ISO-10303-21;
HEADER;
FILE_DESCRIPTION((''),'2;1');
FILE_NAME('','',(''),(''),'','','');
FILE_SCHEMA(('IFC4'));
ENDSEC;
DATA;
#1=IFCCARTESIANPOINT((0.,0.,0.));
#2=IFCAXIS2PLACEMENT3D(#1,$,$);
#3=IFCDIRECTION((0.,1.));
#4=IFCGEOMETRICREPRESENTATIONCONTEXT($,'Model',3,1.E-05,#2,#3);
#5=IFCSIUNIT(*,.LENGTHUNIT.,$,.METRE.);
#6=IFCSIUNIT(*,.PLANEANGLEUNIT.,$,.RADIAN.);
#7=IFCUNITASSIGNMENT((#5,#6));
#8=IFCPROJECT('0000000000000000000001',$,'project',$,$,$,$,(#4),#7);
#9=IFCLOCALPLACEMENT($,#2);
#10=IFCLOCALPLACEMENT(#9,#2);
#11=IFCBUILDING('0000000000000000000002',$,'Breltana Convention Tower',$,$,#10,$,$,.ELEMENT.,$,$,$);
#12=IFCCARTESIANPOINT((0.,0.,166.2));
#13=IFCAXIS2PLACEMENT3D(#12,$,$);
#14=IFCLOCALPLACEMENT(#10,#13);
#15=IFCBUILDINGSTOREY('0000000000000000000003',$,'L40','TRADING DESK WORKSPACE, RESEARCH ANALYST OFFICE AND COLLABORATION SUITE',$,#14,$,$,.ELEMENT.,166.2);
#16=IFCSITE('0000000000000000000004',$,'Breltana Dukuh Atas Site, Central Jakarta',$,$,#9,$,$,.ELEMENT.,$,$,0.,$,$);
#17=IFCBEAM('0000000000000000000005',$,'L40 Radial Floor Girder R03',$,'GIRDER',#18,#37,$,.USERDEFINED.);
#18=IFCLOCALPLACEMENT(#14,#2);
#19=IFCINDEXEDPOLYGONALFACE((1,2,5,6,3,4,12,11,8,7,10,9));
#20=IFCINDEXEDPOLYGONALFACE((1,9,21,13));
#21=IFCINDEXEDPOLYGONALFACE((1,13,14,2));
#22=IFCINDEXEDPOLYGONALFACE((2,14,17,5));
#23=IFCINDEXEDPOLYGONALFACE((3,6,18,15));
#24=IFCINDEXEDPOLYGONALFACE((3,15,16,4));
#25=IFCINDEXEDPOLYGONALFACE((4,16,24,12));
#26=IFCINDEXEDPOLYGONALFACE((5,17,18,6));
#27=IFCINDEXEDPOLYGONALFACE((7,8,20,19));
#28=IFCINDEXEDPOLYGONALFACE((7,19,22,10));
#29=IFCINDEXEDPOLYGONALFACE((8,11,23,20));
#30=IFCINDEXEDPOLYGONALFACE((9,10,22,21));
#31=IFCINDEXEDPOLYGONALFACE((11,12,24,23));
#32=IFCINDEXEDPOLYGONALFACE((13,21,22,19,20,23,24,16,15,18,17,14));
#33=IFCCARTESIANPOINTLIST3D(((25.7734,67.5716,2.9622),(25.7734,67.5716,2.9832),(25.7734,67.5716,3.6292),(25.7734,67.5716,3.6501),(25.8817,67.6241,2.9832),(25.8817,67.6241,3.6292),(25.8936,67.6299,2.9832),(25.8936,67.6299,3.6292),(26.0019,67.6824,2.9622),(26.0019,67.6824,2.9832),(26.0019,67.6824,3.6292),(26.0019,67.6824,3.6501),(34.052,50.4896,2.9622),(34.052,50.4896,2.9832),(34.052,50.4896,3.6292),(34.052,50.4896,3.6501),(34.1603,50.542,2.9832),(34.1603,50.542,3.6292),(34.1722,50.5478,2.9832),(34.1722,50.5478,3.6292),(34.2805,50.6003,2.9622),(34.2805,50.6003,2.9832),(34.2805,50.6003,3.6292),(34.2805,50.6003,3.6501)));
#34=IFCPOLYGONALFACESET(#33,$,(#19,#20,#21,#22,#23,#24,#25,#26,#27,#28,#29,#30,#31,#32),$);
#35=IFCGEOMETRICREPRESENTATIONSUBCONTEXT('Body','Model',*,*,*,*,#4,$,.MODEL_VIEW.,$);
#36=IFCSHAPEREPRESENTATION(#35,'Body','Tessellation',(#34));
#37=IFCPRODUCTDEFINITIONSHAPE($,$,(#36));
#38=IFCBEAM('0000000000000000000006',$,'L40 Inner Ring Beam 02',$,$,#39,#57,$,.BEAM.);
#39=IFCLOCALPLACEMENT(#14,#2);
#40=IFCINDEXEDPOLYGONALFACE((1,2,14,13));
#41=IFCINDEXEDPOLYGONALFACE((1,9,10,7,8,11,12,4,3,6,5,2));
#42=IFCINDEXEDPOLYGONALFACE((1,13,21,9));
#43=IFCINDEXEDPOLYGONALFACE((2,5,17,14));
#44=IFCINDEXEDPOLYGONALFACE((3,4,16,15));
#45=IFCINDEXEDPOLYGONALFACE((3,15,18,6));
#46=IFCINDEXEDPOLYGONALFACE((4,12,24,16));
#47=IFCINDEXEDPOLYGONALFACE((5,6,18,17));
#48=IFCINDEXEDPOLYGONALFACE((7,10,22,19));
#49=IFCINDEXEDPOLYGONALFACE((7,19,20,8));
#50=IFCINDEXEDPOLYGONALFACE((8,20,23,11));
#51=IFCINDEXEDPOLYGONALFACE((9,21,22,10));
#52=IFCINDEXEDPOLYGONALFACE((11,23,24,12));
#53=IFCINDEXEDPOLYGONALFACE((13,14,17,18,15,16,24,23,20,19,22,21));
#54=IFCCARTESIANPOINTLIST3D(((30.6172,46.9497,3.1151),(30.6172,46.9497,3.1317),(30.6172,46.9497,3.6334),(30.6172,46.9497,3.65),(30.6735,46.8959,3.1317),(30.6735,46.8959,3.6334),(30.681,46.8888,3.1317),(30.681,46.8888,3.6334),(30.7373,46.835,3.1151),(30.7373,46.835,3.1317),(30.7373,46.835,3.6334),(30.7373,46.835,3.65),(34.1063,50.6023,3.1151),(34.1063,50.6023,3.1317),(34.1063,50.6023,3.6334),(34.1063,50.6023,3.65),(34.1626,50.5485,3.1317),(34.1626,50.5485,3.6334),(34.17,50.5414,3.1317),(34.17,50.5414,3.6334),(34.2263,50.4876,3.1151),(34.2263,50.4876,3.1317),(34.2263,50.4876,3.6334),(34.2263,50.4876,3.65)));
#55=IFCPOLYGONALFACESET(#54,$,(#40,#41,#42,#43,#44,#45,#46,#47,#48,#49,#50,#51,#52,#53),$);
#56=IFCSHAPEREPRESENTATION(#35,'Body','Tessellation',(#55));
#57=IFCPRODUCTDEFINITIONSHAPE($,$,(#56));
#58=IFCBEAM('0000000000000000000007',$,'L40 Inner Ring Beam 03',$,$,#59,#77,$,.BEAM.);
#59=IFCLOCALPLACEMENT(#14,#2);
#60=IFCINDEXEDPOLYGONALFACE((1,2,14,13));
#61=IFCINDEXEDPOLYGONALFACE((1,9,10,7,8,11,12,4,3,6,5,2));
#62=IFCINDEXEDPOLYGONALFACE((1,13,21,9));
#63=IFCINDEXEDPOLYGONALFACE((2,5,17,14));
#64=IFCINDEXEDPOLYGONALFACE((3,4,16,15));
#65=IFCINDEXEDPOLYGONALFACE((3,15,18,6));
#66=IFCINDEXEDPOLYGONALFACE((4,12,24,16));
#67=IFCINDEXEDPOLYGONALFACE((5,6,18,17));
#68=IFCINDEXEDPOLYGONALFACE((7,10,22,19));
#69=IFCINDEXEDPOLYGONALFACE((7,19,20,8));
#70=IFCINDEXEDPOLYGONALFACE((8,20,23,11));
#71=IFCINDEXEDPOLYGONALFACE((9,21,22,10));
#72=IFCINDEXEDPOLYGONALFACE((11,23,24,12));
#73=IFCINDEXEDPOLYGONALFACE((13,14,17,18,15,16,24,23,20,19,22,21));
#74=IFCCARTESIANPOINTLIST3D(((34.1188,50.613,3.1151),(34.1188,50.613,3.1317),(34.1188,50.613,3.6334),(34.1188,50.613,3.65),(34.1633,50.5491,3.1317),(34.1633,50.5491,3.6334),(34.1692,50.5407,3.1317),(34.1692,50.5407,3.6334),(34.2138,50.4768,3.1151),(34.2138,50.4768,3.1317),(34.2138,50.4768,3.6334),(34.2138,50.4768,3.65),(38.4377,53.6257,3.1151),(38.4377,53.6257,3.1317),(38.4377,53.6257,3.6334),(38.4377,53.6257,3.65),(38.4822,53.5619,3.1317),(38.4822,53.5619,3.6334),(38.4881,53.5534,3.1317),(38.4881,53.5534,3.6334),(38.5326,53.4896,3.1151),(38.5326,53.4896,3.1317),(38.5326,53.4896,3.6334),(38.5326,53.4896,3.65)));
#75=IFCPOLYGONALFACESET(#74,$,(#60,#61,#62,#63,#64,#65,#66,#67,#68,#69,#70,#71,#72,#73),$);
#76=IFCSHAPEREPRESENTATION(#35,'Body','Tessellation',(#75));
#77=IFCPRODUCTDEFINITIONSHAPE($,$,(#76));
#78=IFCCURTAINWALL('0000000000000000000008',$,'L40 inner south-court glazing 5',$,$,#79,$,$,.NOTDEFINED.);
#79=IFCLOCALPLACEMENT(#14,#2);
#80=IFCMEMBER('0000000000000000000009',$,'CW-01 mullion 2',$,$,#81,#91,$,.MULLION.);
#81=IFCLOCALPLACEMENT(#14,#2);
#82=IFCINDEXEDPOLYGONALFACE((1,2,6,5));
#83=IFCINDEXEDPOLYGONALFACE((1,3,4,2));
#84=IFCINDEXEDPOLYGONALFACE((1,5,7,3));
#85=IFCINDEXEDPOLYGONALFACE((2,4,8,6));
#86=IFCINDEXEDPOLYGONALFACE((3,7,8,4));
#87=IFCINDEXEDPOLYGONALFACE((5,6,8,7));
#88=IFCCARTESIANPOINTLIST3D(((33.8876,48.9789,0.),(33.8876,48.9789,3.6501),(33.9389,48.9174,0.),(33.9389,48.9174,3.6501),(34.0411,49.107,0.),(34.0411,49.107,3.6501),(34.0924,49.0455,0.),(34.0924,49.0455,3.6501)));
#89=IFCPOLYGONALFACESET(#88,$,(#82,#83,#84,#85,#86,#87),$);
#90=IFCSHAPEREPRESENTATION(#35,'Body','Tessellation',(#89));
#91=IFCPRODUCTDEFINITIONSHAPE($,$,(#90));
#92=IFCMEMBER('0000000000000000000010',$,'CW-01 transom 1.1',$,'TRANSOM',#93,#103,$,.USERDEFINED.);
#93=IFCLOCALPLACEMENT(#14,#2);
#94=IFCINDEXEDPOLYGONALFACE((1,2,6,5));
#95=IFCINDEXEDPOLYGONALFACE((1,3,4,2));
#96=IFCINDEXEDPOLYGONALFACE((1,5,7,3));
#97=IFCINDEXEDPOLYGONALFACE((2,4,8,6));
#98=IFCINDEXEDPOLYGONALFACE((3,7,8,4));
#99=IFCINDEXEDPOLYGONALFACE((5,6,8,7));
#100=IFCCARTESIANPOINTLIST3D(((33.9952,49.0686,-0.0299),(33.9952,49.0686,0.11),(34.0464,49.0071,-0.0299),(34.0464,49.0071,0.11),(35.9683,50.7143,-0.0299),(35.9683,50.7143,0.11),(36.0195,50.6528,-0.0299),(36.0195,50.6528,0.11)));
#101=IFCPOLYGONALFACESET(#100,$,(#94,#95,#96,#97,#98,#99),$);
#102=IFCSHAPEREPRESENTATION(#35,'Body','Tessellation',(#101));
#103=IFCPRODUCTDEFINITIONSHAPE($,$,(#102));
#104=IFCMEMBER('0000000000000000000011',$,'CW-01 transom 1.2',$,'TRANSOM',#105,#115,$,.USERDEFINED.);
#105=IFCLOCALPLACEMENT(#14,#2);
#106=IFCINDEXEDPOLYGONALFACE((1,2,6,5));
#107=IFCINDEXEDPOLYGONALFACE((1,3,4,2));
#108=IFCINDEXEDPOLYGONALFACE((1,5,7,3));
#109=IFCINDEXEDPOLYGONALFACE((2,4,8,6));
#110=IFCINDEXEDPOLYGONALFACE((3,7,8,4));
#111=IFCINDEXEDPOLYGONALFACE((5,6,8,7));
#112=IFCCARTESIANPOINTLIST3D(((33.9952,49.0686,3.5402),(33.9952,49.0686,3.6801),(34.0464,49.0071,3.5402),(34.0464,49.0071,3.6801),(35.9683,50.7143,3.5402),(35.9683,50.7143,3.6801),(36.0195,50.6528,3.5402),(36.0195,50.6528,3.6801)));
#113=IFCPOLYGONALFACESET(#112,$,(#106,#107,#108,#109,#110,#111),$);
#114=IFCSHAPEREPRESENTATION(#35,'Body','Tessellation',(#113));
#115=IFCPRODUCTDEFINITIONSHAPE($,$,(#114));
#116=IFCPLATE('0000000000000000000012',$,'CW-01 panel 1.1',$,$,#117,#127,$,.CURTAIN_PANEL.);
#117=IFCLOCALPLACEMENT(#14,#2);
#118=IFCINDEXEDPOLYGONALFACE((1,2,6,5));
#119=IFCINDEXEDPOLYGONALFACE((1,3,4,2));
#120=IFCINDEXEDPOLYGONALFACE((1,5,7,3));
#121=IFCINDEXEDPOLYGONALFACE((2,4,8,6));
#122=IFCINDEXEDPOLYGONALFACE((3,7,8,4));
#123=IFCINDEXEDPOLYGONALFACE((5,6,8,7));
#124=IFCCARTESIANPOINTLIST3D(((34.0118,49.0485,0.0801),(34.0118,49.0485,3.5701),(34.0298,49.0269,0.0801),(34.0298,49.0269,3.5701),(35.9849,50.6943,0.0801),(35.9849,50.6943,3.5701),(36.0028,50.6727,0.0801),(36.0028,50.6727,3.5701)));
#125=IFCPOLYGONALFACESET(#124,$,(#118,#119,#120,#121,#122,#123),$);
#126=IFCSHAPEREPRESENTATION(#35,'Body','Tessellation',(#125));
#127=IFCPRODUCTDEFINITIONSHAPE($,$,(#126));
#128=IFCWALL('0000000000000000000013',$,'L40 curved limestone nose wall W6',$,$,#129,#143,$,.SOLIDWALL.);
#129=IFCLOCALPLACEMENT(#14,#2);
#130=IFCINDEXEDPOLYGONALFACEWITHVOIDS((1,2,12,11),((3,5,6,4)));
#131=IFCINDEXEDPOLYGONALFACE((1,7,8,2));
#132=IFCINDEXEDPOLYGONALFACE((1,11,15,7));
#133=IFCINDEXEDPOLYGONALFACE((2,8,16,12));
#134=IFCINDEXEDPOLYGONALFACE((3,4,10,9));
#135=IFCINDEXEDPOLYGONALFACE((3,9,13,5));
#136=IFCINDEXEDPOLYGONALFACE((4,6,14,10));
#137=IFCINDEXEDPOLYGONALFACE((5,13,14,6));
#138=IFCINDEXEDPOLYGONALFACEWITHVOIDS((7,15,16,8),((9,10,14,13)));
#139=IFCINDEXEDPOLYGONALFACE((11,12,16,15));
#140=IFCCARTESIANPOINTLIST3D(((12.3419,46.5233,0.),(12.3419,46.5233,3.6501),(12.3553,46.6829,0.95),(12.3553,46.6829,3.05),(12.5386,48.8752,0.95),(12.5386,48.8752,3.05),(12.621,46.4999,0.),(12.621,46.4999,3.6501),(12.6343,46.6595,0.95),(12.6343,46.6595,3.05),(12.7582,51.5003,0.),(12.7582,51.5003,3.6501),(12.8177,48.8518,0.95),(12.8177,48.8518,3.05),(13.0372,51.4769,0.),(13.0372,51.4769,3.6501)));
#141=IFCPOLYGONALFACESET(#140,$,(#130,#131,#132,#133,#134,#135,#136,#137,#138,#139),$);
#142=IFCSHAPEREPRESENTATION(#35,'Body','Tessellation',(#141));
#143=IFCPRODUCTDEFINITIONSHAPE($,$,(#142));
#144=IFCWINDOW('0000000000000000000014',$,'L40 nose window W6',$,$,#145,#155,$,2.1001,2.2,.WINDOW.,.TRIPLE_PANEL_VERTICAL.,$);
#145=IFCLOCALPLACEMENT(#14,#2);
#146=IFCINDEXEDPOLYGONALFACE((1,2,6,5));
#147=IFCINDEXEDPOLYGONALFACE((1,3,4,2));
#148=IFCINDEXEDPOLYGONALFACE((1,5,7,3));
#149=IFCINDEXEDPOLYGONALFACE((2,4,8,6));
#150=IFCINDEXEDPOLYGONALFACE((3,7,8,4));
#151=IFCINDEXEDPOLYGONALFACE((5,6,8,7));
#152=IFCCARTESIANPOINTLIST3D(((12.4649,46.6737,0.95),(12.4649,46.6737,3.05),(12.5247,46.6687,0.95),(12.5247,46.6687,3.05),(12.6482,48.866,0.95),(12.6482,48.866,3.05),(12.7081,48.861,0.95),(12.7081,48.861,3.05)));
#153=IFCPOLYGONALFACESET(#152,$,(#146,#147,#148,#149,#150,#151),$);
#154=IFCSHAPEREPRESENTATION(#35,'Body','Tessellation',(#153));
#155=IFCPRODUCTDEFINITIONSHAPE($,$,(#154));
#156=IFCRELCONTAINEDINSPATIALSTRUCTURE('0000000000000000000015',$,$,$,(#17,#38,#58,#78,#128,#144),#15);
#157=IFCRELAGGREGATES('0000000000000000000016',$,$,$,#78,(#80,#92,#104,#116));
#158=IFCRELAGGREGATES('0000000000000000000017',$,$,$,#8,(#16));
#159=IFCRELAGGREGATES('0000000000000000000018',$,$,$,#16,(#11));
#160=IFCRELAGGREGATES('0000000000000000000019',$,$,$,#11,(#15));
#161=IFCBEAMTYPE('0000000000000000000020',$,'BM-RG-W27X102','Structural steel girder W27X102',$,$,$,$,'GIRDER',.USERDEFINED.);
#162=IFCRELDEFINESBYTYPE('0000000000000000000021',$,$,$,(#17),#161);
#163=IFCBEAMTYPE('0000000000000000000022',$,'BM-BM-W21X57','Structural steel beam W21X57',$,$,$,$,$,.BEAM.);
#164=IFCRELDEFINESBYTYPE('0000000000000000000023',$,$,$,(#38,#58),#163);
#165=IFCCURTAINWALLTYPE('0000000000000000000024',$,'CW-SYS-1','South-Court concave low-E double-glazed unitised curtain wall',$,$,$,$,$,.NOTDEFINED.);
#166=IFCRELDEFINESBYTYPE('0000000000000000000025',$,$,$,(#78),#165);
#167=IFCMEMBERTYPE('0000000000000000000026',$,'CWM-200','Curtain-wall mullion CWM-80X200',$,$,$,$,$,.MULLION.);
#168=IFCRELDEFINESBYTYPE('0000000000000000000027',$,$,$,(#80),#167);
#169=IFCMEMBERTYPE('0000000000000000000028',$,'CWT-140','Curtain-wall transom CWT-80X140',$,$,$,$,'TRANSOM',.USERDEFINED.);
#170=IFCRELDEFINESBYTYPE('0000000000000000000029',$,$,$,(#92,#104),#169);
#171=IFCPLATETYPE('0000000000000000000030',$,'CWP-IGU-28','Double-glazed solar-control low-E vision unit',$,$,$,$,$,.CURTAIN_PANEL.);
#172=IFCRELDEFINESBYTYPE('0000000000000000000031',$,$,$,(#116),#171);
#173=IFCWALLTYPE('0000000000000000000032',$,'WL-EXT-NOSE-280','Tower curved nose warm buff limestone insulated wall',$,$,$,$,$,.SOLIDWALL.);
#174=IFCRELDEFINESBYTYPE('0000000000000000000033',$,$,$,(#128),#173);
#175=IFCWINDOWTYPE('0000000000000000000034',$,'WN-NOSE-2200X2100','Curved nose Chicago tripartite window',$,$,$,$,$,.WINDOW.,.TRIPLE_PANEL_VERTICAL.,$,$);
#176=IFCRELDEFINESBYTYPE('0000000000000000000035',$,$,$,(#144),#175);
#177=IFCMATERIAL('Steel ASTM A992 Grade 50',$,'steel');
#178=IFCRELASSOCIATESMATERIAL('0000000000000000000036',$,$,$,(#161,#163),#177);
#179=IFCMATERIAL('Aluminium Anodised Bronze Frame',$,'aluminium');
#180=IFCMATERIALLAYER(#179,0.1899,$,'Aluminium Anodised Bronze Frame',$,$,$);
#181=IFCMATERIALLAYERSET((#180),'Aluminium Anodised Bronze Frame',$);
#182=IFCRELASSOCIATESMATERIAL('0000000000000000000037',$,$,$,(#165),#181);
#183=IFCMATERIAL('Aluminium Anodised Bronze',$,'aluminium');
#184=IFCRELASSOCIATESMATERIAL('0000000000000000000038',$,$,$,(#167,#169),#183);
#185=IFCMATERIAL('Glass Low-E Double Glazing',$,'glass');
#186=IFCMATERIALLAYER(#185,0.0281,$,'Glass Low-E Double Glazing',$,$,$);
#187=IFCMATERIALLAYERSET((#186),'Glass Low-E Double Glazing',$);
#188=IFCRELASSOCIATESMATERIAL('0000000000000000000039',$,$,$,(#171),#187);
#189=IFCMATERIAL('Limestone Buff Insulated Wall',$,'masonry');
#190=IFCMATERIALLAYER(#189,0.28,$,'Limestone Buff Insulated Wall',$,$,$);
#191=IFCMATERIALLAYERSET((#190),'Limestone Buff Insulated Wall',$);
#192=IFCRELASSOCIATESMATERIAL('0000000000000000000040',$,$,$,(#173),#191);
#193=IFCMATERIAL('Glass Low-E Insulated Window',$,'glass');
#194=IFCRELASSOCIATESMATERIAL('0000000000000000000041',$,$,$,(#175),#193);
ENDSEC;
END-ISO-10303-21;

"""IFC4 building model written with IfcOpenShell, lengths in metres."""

from ifc_helpers import new_model, si_unit, direction, frame, frame_2d, origin, origin_2d, place, context, subcontext, project, spatial, rectangle, i_section, extrude, source, transform, mapped, material, layer, layer_set, material_profile, profile_set, type_object, type_shapes, element, fill, aggregate, save


model = new_model("IFC4")

# Units and contexts
model_context = context("Model", 3, precision=1e-05, world=origin(), true_north=direction((0.0, 1.0)))
body_context = subcontext(model_context, "Body", "Model", "MODEL_VIEW")
ifc_project = project(units=[si_unit("LENGTHUNIT", "METRE"), si_unit("PLANEANGLEUNIT", "RADIAN")], contexts=[model_context])

# Site, building, storey
site_placement = place(None, origin())
site = spatial("IfcSite", under=ifc_project, at=site_placement, Name="Breltana Dukuh Atas Site, Central Jakarta", CompositionType="ELEMENT", RefElevation=0.0)
building_placement = place(site_placement, origin())
building = spatial("IfcBuilding", under=site, at=building_placement, Name="Breltana Convention Tower", CompositionType="ELEMENT")
storey_placement = place(building_placement, frame((0.0, 0.0, 166.2)))
storey = spatial("IfcBuildingStorey", under=building, at=storey_placement, Name="L40", Description="TRADING DESK WORKSPACE, RESEARCH ANALYST OFFICE AND COLLABORATION SUITE", CompositionType="ELEMENT", Elevation=166.2)

# Beams
ifc_material_1 = material(Name="Steel ASTM A992 Grade 50", Category="steel")
ifc_material_profile_1 = material_profile(ifc_material_1, i_section(OverallWidth=0.2539, OverallDepth=0.688, WebThickness=0.0132, FlangeThickness=0.021, at=origin_2d()), Name="W27X102")
ifc_profile_set_1 = profile_set([ifc_material_profile_1], Name="Steel ASTM A992 Grade 50")
beam_type_1 = type_object("IfcBeamType", Name="BM-RG-W27X102", Description="Structural steel girder W27X102", ElementType="GIRDER", PredefinedType="USERDEFINED", material=ifc_profile_set_1)
shared_shape_1 = source(origin(), body_context, "Body", "SweptSolid", [
    extrude(i_section(OverallWidth=0.2539, OverallDepth=0.688, WebThickness=0.0132, FlangeThickness=0.021, at=origin_2d()), origin(), (0.0, 0.0, 1.0), 18.9824),
])
beam_1_placement = place(storey_placement, frame((34.1663, 50.5449, 3.3062), z_axis=(-0.436119, 0.899889, 0.0), x_axis=(-0.899889, -0.436119, 0.0)))
element("IfcBeam", 1, at=beam_1_placement, inside=storey, type_object=beam_type_1, Name="L40 Radial Floor Girder R03", ObjectType="GIRDER", PredefinedType="USERDEFINED", context=body_context, shape_type="MappedRepresentation", body=[
    mapped(shared_shape_1, transform((0.0, 0.0, 0.0), scale=1.0)),
])
ifc_material_profile_2 = material_profile(ifc_material_1, i_section(OverallWidth=0.166, OverallDepth=0.5349, WebThickness=0.0103, FlangeThickness=0.0166, at=origin_2d()), Name="W21X57")
ifc_profile_set_2 = profile_set([ifc_material_profile_2], Name="Steel ASTM A992 Grade 50")
beam_type_2 = type_object("IfcBeamType", Name="BM-BM-W21X57", Description="Structural steel beam W21X57", PredefinedType="BEAM", material=ifc_profile_set_2)
shared_shape_2 = source(origin(), body_context, "Body", "SweptSolid", [
    extrude(i_section(OverallWidth=0.166, OverallDepth=0.5349, WebThickness=0.0103, FlangeThickness=0.0166, at=origin_2d()), origin(), (0.0, 0.0, 1.0), 5.0513),
])
beam_2_placement = place(storey_placement, frame((30.6772, 46.8923, 3.3826), z_axis=(0.69073, 0.723113, 0.0), x_axis=(-0.723113, 0.69073, 0.0)))
element("IfcBeam", 2, at=beam_2_placement, inside=storey, type_object=beam_type_2, Name="L40 Inner Ring Beam 02", PredefinedType="BEAM", context=body_context, shape_type="MappedRepresentation", body=[
    mapped(shared_shape_2, transform((0.0, 0.0, 0.0), scale=1.0)),
])
shared_shape_3 = source(origin(), body_context, "Body", "SweptSolid", [
    extrude(i_section(OverallWidth=0.166, OverallDepth=0.5349, WebThickness=0.0103, FlangeThickness=0.0166, at=origin_2d()), origin(), (0.0, 0.0, 1.0), 5.2659),
])
beam_3_placement = place(storey_placement, frame((34.1663, 50.5449, 3.3826), z_axis=(0.820167, 0.572124, 0.0), x_axis=(-0.572124, 0.820167, 0.0)))
element("IfcBeam", 3, at=beam_3_placement, inside=storey, type_object=beam_type_2, Name="L40 Inner Ring Beam 03", PredefinedType="BEAM", context=body_context, shape_type="MappedRepresentation", body=[
    mapped(shared_shape_3, transform((0.0, 0.0, 0.0), scale=1.0)),
])

# Curtain wall, members, plate
ifc_material_2 = material(Name="Aluminium Anodised Bronze Frame", Category="aluminium")
ifc_layer_1 = layer(ifc_material_2, 0.1899, Name="Aluminium Anodised Bronze Frame")
ifc_layer_set_1 = layer_set([ifc_layer_1], Name="Aluminium Anodised Bronze Frame")
curtain_wall_type = type_object("IfcCurtainWallType", Name="CW-SYS-1", Description="South-Court concave low-E double-glazed unitised curtain wall", PredefinedType="NOTDEFINED", material=ifc_layer_set_1)
curtain_wall_placement = place(storey_placement, origin())
curtain_wall = element("IfcCurtainWall", 4, at=curtain_wall_placement, inside=storey, type_object=curtain_wall_type, Name="L40 inner south-court glazing 5", PredefinedType="NOTDEFINED")
ifc_material_3 = material(Name="Aluminium Anodised Bronze", Category="aluminium")
ifc_material_profile_3 = material_profile(ifc_material_3, rectangle(XDim=0.0801, YDim=0.2, at=origin_2d()), Name="CWM-80X200")
ifc_profile_set_3 = profile_set([ifc_material_profile_3], Name="Aluminium Anodised Bronze")
member_type_1 = type_object("IfcMemberType", Name="CWM-200", Description="Curtain-wall mullion CWM-80X200", PredefinedType="MULLION", material=ifc_profile_set_3)
shared_shape_4 = source(origin(), body_context, "Body", "SweptSolid", [
    extrude(rectangle(XDim=0.0801, YDim=0.2, at=origin_2d()), origin(), (0.0, 0.0, 1.0), 3.6501),
])
member_1_placement = place(storey_placement, frame((33.99, 49.0122, 0.0), z_axis=(0.0, 0.0, 1.0), x_axis=(0.640537, -0.767927, 0.0)))
member_1 = element("IfcMember", 5, at=member_1_placement, type_object=member_type_1, Name="CW-01 mullion 2", PredefinedType="MULLION", context=body_context, shape_type="MappedRepresentation", body=[
    mapped(shared_shape_4, transform((0.0, 0.0, 0.0), scale=1.0)),
])
ifc_material_profile_4 = material_profile(ifc_material_3, rectangle(XDim=0.0801, YDim=0.1399, at=origin_2d()), Name="CWT-80X140")
ifc_profile_set_4 = profile_set([ifc_material_profile_4], Name="Aluminium Anodised Bronze")
member_type_2 = type_object("IfcMemberType", Name="CWT-140", Description="Curtain-wall transom CWT-80X140", ElementType="TRANSOM", PredefinedType="USERDEFINED", material=ifc_profile_set_4)
shared_shape_5 = source(origin(), body_context, "Body", "SweptSolid", [
    extrude(rectangle(XDim=0.0801, YDim=0.1399, at=origin_2d()), origin(), (0.0, 0.0, 1.0), 2.5693),
])
member_2_placement = place(storey_placement, frame((35.9939, 50.6836, 0.04), z_axis=(-0.767941, -0.640521, 0.0), x_axis=(0.640521, -0.767941, 0.0)))
member_2 = element("IfcMember", 6, at=member_2_placement, type_object=member_type_2, Name="CW-01 transom 1.1", ObjectType="TRANSOM", PredefinedType="USERDEFINED", context=body_context, shape_type="MappedRepresentation", body=[
    mapped(shared_shape_5, transform((0.0, 0.0, 0.0), scale=1.0)),
])
member_3_placement = place(storey_placement, frame((35.9939, 50.6836, 3.6101), z_axis=(-0.767941, -0.640521, 0.0), x_axis=(0.640521, -0.767941, 0.0)))
member_3 = element("IfcMember", 7, at=member_3_placement, type_object=member_type_2, Name="CW-01 transom 1.2", ObjectType="TRANSOM", PredefinedType="USERDEFINED", context=body_context, shape_type="MappedRepresentation", body=[
    mapped(shared_shape_5, transform((0.0, 0.0, 0.0), scale=1.0)),
])
ifc_material_4 = material(Name="Glass Low-E Double Glazing", Category="glass")
ifc_layer_2 = layer(ifc_material_4, 0.0281, Name="Glass Low-E Double Glazing")
ifc_layer_set_2 = layer_set([ifc_layer_2], Name="Glass Low-E Double Glazing")
plate_type = type_object("IfcPlateType", Name="CWP-IGU-28", Description="Double-glazed solar-control low-E vision unit", PredefinedType="CURTAIN_PANEL", material=ifc_layer_set_2)
shared_shape_6 = source(origin(), body_context, "Body", "SweptSolid", [
    extrude(rectangle(XDim=2.5693, YDim=0.0281, at=origin_2d()), origin(), (0.0, 0.0, 1.0), 3.49),
])
plate_placement = place(storey_placement, frame((35.0073, 49.8606, 0.0801), z_axis=(0.0, 0.0, 1.0), x_axis=(-0.767927, -0.640537, 0.0)))
plate = element("IfcPlate", 8, at=plate_placement, type_object=plate_type, Name="CW-01 panel 1.1", PredefinedType="CURTAIN_PANEL", context=body_context, shape_type="MappedRepresentation", body=[
    mapped(shared_shape_6, transform((0.0, 0.0, 0.0), scale=1.0)),
])
aggregate(curtain_wall, [member_1, member_2, member_3, plate])

# Wall, opening, window
ifc_material_5 = material(Name="Limestone Buff Insulated Wall", Category="masonry")
ifc_layer_3 = layer(ifc_material_5, 0.28, Name="Limestone Buff Insulated Wall")
ifc_layer_set_3 = layer_set([ifc_layer_3], Name="Limestone Buff Insulated Wall")
wall_type_1 = type_object("IfcWallType", Name="WL-EXT-NOSE-280", Description="Tower curved nose warm buff limestone insulated wall", PredefinedType="SOLIDWALL", material=ifc_layer_set_3)
shared_shape_7 = source(origin(), body_context, "Body", "SweptSolid", [
    extrude(rectangle(XDim=4.9944, YDim=0.28, at=frame_2d((2.4971, 0.0))), origin(), (0.0, 0.0, 1.0), 3.6501),
])
wall_1_placement = place(storey_placement, frame((12.4814, 46.5117, 0.0), z_axis=(0.0, 0.0, 1.0), x_axis=(0.083345, 0.996521, 0.0)))
wall_1 = element("IfcWall", 9, at=wall_1_placement, inside=storey, type_object=wall_type_1, Name="L40 curved limestone nose wall W6", PredefinedType="SOLIDWALL", context=body_context, shape_type="MappedRepresentation", body=[
    mapped(shared_shape_7, transform((0.0, 0.0, 0.0), scale=1.0)),
])
opening_placement = place(wall_1_placement, frame((0.1599, 0.0, 0.95)))
opening = element("IfcOpeningElement", 10, at=opening_placement, cuts=wall_1, PredefinedType="OPENING", context=body_context, shape_type="SweptSolid", body=[
    extrude(rectangle(XDim=2.2, YDim=2.1001, at=frame_2d((1.1001, 1.05))), frame((0.0, 0.1499, 0.0), z_axis=(0.0, -1.0, 0.0), x_axis=(1.0, 0.0, 0.0)), (0.0, 0.0, 1.0), 0.3),
])
ifc_material_6 = material(Name="Glass Low-E Insulated Window", Category="glass")
window_type = type_object("IfcWindowType", Name="WN-NOSE-2200X2100", Description="Curved nose Chicago tripartite window", PartitioningType="TRIPLE_PANEL_VERTICAL", PredefinedType="WINDOW", material=ifc_material_6)
shared_shape_8 = source(origin(), body_context, "Body", "SweptSolid", [
    extrude(rectangle(XDim=2.2, YDim=2.1001, at=frame_2d((1.1001, 1.05))), frame((0.0, 0.03, 0.0), z_axis=(0.0, -1.0, 0.0), x_axis=(1.0, 0.0, 0.0)), (0.0, 0.0, 1.0), 0.0601),
])
type_shapes(window_type, [shared_shape_8])
window_placement = place(opening_placement, origin())
window = element("IfcWindow", 11, at=window_placement, inside=storey, type_object=window_type, Name="L40 nose window W6", OverallHeight=2.1001, OverallWidth=2.2, PartitioningType="TRIPLE_PANEL_VERTICAL", PredefinedType="WINDOW", context=body_context, shape_type="MappedRepresentation", body=[
    mapped(shared_shape_8, transform((0.0, 0.0, 0.0), scale=1.0)),
])
fill(opening, window)

save(model, "model.ifc")
